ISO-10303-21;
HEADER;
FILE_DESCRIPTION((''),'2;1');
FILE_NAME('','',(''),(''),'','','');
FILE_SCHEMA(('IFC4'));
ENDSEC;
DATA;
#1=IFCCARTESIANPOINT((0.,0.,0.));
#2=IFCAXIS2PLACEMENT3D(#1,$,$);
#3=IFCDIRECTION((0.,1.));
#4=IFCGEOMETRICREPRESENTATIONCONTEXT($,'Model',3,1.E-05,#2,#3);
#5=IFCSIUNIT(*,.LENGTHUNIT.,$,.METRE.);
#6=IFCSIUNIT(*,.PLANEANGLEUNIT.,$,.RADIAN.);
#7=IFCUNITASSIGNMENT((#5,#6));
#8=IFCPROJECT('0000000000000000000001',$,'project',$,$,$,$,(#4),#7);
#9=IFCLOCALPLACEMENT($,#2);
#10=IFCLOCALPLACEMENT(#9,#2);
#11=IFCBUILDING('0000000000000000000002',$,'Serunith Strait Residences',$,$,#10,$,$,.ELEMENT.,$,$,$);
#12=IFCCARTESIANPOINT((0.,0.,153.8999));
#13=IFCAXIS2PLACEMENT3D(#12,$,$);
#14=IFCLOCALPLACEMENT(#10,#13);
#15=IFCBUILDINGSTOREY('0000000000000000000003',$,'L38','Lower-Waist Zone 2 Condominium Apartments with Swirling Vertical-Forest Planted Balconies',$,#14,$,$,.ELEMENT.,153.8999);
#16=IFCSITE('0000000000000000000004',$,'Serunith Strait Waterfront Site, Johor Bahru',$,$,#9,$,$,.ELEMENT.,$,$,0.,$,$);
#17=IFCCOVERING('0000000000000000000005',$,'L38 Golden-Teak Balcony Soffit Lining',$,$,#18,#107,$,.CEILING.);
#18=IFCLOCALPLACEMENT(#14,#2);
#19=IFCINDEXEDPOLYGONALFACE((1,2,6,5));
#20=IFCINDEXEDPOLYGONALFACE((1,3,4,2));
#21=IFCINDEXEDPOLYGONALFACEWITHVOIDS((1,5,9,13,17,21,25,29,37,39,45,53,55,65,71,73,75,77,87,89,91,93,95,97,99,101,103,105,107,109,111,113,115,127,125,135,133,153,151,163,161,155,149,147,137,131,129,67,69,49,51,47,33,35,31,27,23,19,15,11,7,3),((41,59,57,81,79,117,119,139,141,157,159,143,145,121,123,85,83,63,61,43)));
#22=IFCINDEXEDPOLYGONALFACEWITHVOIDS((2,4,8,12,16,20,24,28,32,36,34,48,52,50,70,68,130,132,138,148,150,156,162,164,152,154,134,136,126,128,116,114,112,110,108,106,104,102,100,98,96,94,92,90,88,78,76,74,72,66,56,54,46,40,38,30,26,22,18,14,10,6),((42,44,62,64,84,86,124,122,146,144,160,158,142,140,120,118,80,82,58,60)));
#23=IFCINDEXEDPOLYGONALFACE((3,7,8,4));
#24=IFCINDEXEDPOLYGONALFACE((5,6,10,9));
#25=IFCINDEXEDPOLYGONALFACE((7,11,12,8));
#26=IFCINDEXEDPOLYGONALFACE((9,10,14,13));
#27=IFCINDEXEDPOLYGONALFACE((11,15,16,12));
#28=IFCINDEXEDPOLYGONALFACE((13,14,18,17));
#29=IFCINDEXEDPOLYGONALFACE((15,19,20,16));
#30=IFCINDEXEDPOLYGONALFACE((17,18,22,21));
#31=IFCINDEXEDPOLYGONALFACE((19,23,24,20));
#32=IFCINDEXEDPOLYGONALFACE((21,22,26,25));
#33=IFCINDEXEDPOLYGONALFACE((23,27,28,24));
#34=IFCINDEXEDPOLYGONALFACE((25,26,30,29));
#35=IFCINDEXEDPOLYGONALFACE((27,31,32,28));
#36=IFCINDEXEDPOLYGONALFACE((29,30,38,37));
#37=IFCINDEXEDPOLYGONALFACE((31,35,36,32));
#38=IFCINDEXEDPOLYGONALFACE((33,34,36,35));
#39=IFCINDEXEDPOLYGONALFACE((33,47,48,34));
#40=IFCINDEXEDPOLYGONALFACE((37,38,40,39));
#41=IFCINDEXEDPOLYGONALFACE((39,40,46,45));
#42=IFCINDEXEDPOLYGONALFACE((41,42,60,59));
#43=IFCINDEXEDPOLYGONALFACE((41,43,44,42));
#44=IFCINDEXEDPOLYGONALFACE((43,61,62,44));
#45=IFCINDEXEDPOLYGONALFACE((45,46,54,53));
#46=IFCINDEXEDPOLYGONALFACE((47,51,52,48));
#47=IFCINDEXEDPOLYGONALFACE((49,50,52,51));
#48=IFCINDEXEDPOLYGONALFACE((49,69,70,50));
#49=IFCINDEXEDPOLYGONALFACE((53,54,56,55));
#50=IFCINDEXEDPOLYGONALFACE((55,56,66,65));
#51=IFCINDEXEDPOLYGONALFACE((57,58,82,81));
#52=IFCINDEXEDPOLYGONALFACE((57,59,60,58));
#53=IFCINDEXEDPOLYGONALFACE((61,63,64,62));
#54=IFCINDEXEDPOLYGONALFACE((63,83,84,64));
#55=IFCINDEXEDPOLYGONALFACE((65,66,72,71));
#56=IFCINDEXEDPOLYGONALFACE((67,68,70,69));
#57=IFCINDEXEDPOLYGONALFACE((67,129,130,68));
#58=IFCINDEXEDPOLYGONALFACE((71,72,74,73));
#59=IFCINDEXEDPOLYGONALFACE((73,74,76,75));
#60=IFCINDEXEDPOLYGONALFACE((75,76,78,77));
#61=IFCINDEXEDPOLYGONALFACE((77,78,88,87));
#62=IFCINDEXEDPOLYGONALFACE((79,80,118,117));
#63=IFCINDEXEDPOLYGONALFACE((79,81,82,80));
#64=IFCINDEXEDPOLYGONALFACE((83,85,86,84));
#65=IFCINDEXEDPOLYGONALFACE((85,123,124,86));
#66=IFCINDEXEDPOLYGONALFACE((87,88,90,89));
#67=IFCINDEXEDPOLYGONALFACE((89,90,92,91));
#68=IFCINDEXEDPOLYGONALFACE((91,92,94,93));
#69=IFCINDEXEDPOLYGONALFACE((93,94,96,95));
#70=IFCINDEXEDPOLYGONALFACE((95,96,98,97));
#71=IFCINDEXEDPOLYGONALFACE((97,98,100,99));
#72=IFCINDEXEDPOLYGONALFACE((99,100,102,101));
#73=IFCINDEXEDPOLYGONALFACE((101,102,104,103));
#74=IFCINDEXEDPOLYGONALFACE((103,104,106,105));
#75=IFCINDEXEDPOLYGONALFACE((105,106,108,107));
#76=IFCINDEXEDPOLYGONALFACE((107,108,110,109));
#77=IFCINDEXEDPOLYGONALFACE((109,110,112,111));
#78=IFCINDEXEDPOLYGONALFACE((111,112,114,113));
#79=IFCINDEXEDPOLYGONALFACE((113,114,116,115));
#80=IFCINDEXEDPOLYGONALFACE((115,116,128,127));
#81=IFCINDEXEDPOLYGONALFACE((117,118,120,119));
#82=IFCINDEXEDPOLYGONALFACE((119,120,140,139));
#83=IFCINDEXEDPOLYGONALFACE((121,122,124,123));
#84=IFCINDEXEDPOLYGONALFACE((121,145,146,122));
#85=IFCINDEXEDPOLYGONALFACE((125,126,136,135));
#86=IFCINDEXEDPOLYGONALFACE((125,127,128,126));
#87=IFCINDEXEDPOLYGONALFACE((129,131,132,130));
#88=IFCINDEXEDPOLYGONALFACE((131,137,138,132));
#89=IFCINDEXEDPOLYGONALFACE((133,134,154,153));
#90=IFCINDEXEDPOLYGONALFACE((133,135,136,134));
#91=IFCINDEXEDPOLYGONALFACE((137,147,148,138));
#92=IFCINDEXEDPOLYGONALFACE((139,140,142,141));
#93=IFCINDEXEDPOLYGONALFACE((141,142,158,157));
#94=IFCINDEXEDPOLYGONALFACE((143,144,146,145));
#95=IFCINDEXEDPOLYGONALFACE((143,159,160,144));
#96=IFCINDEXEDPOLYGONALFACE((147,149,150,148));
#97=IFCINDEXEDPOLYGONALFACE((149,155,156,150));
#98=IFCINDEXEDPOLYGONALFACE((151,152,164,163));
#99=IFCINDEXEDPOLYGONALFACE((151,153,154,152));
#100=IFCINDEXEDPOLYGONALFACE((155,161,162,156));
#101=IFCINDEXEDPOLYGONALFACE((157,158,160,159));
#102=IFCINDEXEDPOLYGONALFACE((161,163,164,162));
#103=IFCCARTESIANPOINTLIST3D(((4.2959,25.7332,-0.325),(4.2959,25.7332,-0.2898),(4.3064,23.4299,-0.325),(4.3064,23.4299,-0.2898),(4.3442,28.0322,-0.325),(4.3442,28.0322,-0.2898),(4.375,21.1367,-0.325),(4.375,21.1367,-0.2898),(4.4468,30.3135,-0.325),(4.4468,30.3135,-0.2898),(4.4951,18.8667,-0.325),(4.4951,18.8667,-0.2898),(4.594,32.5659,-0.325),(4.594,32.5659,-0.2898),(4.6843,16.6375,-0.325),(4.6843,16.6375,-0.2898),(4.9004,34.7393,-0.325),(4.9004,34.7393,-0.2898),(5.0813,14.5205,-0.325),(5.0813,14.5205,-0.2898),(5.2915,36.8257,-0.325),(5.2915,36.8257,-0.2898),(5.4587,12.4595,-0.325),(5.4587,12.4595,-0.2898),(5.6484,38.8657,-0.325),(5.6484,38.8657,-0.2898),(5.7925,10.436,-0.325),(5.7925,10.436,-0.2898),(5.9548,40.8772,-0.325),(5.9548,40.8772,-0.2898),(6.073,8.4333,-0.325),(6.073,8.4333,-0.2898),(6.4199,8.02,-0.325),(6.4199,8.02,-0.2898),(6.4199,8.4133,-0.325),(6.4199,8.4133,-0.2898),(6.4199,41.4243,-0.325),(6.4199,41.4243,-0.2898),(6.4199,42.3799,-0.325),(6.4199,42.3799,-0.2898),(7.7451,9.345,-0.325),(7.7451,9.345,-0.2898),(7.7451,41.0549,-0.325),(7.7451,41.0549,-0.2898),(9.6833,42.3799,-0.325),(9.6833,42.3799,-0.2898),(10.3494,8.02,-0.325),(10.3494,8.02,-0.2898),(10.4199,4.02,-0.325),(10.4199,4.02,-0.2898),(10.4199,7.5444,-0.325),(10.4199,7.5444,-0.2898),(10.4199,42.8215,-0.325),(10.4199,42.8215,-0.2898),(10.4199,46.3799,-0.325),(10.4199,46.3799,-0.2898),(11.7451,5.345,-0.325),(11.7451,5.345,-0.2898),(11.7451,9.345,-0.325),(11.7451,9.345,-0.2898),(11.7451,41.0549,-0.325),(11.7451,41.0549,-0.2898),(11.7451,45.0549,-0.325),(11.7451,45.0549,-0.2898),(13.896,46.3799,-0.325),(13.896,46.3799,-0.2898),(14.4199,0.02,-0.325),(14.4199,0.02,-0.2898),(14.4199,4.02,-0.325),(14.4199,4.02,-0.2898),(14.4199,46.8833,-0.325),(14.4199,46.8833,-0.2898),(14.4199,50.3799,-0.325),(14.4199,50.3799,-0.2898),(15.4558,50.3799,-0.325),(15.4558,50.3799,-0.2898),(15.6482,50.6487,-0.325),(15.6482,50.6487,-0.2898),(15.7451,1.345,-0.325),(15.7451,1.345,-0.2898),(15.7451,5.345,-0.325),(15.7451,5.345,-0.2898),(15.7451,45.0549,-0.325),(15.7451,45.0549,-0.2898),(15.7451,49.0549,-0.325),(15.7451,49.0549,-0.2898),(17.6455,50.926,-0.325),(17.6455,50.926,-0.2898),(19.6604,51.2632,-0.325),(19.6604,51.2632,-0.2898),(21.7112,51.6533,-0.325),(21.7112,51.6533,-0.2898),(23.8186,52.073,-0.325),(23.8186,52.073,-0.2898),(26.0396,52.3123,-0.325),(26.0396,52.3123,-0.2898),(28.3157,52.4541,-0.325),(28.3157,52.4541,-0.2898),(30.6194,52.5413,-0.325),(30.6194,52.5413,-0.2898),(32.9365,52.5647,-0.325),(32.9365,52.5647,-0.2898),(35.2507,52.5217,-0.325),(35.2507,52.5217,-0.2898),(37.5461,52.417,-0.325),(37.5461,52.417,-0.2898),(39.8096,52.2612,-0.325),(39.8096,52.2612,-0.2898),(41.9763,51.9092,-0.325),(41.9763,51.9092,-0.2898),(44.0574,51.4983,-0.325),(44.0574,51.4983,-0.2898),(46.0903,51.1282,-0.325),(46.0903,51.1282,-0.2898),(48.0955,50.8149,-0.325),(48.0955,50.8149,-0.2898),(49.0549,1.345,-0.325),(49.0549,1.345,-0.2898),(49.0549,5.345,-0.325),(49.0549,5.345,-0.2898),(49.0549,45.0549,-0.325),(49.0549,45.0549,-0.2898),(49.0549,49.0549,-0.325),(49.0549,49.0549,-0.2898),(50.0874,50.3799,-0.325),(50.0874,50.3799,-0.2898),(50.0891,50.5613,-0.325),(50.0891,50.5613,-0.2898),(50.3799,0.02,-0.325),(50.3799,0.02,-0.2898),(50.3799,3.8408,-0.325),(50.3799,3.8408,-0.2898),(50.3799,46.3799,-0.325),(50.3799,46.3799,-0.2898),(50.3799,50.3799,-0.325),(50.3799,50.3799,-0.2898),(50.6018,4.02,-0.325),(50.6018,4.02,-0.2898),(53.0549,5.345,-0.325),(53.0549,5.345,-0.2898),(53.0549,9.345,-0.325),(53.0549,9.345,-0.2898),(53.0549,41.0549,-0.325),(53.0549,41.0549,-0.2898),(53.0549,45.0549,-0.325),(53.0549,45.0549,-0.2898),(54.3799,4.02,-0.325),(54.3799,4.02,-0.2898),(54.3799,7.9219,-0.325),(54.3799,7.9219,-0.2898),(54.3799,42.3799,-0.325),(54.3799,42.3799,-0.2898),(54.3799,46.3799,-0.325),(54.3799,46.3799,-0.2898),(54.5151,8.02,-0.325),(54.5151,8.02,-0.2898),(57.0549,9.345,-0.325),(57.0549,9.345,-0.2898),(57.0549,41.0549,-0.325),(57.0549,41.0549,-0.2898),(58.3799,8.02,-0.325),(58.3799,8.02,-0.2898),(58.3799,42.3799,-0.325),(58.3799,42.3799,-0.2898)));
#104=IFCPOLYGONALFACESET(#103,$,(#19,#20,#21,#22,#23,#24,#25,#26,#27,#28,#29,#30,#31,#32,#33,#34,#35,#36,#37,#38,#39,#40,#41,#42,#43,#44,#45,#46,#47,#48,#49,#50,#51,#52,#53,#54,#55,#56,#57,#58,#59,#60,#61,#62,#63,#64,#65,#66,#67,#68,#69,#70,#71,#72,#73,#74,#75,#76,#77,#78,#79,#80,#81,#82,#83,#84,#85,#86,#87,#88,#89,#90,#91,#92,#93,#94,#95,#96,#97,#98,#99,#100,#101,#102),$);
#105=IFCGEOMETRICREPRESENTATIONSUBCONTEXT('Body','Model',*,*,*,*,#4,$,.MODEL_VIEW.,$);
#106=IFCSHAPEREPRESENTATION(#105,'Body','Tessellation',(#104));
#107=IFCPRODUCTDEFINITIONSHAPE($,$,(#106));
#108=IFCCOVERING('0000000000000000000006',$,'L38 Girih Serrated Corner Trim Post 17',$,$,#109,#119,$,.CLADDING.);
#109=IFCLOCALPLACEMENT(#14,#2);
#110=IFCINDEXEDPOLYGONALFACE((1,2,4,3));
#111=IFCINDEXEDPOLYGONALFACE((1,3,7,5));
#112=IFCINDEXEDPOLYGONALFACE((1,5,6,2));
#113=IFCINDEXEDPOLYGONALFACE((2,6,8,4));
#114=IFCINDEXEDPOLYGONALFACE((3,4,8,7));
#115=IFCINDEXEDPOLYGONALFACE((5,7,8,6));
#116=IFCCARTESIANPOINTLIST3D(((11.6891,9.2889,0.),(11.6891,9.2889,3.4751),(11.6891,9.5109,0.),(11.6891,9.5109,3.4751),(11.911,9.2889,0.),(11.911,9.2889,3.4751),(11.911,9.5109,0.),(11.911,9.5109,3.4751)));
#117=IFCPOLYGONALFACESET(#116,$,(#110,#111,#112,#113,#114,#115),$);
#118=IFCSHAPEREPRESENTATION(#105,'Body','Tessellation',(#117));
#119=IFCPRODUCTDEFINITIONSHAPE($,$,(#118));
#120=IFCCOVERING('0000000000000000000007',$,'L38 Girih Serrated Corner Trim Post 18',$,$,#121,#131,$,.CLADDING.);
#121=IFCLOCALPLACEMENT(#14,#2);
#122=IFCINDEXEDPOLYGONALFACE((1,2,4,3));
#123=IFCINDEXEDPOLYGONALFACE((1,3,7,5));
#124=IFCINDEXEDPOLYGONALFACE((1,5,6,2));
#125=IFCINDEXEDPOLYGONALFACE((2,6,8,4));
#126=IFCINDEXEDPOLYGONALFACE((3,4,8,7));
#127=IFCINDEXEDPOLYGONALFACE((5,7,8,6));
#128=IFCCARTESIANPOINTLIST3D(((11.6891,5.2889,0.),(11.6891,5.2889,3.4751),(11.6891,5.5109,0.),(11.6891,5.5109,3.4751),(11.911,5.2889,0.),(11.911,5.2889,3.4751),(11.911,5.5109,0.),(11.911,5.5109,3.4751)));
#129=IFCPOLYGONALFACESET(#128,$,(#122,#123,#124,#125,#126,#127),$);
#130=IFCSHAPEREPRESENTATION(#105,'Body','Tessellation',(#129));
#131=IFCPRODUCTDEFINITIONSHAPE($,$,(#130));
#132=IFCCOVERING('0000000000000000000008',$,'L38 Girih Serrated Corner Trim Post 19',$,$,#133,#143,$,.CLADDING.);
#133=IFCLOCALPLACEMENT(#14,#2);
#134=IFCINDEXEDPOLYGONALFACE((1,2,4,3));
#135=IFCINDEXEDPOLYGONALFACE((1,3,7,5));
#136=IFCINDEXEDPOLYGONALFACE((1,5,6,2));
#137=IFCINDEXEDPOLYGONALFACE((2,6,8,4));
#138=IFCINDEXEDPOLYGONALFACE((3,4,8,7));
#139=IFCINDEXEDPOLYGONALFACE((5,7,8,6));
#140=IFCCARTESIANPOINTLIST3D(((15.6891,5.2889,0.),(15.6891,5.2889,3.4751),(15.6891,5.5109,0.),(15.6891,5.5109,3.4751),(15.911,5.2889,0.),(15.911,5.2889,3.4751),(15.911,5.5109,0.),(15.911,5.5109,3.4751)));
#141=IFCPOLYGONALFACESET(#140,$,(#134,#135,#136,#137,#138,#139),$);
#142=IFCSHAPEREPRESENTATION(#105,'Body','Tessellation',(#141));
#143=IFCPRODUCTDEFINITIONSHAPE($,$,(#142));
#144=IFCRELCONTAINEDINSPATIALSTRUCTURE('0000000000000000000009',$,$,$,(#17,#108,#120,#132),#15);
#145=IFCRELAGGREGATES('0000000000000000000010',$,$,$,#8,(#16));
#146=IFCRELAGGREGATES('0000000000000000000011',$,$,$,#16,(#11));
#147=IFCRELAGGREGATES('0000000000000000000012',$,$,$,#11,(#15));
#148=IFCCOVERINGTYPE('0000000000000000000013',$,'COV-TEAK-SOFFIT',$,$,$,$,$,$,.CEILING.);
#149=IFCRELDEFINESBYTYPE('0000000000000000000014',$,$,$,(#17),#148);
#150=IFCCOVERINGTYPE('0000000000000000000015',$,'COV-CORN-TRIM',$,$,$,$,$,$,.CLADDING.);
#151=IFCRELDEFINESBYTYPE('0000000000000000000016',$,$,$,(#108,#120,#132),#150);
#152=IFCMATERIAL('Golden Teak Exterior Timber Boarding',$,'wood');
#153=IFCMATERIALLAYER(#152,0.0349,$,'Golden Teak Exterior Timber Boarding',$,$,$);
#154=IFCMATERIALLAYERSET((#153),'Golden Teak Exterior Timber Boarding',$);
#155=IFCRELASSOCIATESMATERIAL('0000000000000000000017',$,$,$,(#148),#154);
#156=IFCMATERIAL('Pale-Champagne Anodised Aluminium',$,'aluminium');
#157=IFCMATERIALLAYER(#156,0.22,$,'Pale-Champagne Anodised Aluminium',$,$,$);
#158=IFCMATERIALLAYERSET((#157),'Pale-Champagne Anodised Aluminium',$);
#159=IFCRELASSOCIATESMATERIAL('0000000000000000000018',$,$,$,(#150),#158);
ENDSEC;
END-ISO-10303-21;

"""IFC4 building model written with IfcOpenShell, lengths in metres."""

from ifc_helpers import new_model, si_unit, direction, frame, origin, origin_2d, place, context, subcontext, project, spatial, polyline, rectangle, outline, extrude, source, transform, mapped, material, layer, layer_set, type_object, element, save


model = new_model("IFC4")

# Units and contexts
model_context = context("Model", 3, precision=1e-05, world=origin(), true_north=direction((0.0, 1.0)))
body_context = subcontext(model_context, "Body", "Model", "MODEL_VIEW")
ifc_project = project(units=[si_unit("LENGTHUNIT", "METRE"), si_unit("PLANEANGLEUNIT", "RADIAN")], contexts=[model_context])

# Site, building, storey
site_placement = place(None, origin())
site = spatial("IfcSite", under=ifc_project, at=site_placement, Name="Serunith Strait Waterfront Site, Johor Bahru", CompositionType="ELEMENT", RefElevation=0.0)
building_placement = place(site_placement, origin())
building = spatial("IfcBuilding", under=site, at=building_placement, Name="Serunith Strait Residences", CompositionType="ELEMENT")
storey_placement = place(building_placement, frame((0.0, 0.0, 153.8999)))
storey = spatial("IfcBuildingStorey", under=building, at=storey_placement, Name="L38", Description="Lower-Waist Zone 2 Condominium Apartments with Swirling Vertical-Forest Planted Balconies", CompositionType="ELEMENT", Elevation=153.8999)

# Shared definitions
ifc_material_1 = material(Name="Pale-Champagne Anodised Aluminium", Category="aluminium")

# Covering
ifc_material_2 = material(Name="Golden Teak Exterior Timber Boarding", Category="wood")
ifc_layer_1 = layer(ifc_material_2, 0.0349, Name="Golden Teak Exterior Timber Boarding")
ifc_layer_set_1 = layer_set([ifc_layer_1], Name="Golden Teak Exterior Timber Boarding")
covering_type_1 = type_object("IfcCoveringType", Name="COV-TEAK-SOFFIT", PredefinedType="CEILING", material=ifc_layer_set_1)
covering_placement = place(storey_placement, frame((0.0, 0.0, -0.325)))
element("IfcCovering", 1, at=covering_placement, inside=storey, type_object=covering_type_1, Name="L38 Golden-Teak Balcony Soffit Lining", PredefinedType="CEILING", context=body_context, shape_type="SweptSolid", body=[
    extrude(outline(polyline([(6.4199, 8.02), (6.4199, 8.4133), (6.073, 8.4333), (5.7925, 10.436), (5.4587, 12.4595), (5.0813, 14.5205), (4.6843, 16.6375), (4.4951, 18.8667), (4.375, 21.1367), (4.3064, 23.4299), (4.2959, 25.7332), (4.3442, 28.0322), (4.4468, 30.3135), (4.594, 32.5659), (4.9004, 34.7393), (5.2915, 36.8257), (5.6484, 38.8657), (5.9548, 40.8772), (6.4199, 41.4243), (6.4199, 42.3799), (9.6833, 42.3799), (10.4199, 42.8215), (10.4199, 46.3799), (13.896, 46.3799), (14.4199, 46.8833), (14.4199, 50.3799), (15.4558, 50.3799), (15.6482, 50.6487), (17.6455, 50.926), (19.6604, 51.2632), (21.7112, 51.6533), (23.8186, 52.073), (26.0396, 52.3123), (28.3157, 52.4541), (30.6194, 52.5413), (32.9365, 52.5647), (35.2507, 52.5217), (37.5461, 52.417), (39.8096, 52.2612), (41.9763, 51.9092), (44.0574, 51.4983), (46.0903, 51.1282), (48.0955, 50.8149), (50.0891, 50.5613), (50.0874, 50.3799), (50.3799, 50.3799), (50.3799, 46.3799), (54.3799, 46.3799), (54.3799, 42.3799), (58.3799, 42.3799), (58.3799, 8.02), (54.5151, 8.02), (54.3799, 7.9219), (54.3799, 4.02), (50.6018, 4.02), (50.3799, 3.8408), (50.3799, 0.02), (14.4199, 0.02), (14.4199, 4.02), (10.4199, 4.02), (10.4199, 7.5444), (10.3494, 8.02), (6.4199, 8.02)]), holes=[polyline([(49.0549, 1.345), (49.0549, 5.345), (53.0549, 5.345), (53.0549, 9.345), (57.0549, 9.345), (57.0549, 41.0549), (53.0549, 41.0549), (53.0549, 45.0549), (49.0549, 45.0549), (49.0549, 49.0549), (15.7451, 49.0549), (15.7451, 45.0549), (11.7451, 45.0549), (11.7451, 41.0549), (7.7451, 41.0549), (7.7451, 9.345), (11.7451, 9.345), (11.7451, 5.345), (15.7451, 5.345), (15.7451, 1.345), (49.0549, 1.345)])]), origin(), (0.0, 0.0, 1.0), 0.0352),
])

# Coverings
ifc_layer_2 = layer(ifc_material_1, 0.22, Name="Pale-Champagne Anodised Aluminium")
ifc_layer_set_2 = layer_set([ifc_layer_2], Name="Pale-Champagne Anodised Aluminium")
covering_type_2 = type_object("IfcCoveringType", Name="COV-CORN-TRIM", PredefinedType="CLADDING", material=ifc_layer_set_2)
shared_shape_1 = source(origin(), body_context, "Body", "SweptSolid", [
    extrude(rectangle(XDim=0.2219, YDim=0.2219, at=origin_2d()), origin(), (0.0, 0.0, 1.0), 3.4751),
])
for number, where, z_axis, x_axis, name in (
    (2, (11.8, 9.3999, 0.0), (0.0, 0.0, 1.0), (1.0, 0.0, 0.0), "L38 Girih Serrated Corner Trim Post 17"),
    (3, (11.8, 5.3999, 0.0), (0.0, 0.0, 1.0), (1.0, 0.0, 0.0), "L38 Girih Serrated Corner Trim Post 18"),
    (4, (15.8, 5.3999, 0.0), (0.0, 0.0, 1.0), (1.0, 0.0, 0.0), "L38 Girih Serrated Corner Trim Post 19"),
):
    element("IfcCovering", number, at=place(storey_placement, frame(where, z_axis=z_axis, x_axis=x_axis)), inside=storey, type_object=covering_type_2, Name=name, PredefinedType="CLADDING", context=body_context, shape_type="MappedRepresentation", body=[
        mapped(shared_shape_1, transform((0.0, 0.0, 0.0), scale=1.0)),
    ])

save(model, "model.ifc")
